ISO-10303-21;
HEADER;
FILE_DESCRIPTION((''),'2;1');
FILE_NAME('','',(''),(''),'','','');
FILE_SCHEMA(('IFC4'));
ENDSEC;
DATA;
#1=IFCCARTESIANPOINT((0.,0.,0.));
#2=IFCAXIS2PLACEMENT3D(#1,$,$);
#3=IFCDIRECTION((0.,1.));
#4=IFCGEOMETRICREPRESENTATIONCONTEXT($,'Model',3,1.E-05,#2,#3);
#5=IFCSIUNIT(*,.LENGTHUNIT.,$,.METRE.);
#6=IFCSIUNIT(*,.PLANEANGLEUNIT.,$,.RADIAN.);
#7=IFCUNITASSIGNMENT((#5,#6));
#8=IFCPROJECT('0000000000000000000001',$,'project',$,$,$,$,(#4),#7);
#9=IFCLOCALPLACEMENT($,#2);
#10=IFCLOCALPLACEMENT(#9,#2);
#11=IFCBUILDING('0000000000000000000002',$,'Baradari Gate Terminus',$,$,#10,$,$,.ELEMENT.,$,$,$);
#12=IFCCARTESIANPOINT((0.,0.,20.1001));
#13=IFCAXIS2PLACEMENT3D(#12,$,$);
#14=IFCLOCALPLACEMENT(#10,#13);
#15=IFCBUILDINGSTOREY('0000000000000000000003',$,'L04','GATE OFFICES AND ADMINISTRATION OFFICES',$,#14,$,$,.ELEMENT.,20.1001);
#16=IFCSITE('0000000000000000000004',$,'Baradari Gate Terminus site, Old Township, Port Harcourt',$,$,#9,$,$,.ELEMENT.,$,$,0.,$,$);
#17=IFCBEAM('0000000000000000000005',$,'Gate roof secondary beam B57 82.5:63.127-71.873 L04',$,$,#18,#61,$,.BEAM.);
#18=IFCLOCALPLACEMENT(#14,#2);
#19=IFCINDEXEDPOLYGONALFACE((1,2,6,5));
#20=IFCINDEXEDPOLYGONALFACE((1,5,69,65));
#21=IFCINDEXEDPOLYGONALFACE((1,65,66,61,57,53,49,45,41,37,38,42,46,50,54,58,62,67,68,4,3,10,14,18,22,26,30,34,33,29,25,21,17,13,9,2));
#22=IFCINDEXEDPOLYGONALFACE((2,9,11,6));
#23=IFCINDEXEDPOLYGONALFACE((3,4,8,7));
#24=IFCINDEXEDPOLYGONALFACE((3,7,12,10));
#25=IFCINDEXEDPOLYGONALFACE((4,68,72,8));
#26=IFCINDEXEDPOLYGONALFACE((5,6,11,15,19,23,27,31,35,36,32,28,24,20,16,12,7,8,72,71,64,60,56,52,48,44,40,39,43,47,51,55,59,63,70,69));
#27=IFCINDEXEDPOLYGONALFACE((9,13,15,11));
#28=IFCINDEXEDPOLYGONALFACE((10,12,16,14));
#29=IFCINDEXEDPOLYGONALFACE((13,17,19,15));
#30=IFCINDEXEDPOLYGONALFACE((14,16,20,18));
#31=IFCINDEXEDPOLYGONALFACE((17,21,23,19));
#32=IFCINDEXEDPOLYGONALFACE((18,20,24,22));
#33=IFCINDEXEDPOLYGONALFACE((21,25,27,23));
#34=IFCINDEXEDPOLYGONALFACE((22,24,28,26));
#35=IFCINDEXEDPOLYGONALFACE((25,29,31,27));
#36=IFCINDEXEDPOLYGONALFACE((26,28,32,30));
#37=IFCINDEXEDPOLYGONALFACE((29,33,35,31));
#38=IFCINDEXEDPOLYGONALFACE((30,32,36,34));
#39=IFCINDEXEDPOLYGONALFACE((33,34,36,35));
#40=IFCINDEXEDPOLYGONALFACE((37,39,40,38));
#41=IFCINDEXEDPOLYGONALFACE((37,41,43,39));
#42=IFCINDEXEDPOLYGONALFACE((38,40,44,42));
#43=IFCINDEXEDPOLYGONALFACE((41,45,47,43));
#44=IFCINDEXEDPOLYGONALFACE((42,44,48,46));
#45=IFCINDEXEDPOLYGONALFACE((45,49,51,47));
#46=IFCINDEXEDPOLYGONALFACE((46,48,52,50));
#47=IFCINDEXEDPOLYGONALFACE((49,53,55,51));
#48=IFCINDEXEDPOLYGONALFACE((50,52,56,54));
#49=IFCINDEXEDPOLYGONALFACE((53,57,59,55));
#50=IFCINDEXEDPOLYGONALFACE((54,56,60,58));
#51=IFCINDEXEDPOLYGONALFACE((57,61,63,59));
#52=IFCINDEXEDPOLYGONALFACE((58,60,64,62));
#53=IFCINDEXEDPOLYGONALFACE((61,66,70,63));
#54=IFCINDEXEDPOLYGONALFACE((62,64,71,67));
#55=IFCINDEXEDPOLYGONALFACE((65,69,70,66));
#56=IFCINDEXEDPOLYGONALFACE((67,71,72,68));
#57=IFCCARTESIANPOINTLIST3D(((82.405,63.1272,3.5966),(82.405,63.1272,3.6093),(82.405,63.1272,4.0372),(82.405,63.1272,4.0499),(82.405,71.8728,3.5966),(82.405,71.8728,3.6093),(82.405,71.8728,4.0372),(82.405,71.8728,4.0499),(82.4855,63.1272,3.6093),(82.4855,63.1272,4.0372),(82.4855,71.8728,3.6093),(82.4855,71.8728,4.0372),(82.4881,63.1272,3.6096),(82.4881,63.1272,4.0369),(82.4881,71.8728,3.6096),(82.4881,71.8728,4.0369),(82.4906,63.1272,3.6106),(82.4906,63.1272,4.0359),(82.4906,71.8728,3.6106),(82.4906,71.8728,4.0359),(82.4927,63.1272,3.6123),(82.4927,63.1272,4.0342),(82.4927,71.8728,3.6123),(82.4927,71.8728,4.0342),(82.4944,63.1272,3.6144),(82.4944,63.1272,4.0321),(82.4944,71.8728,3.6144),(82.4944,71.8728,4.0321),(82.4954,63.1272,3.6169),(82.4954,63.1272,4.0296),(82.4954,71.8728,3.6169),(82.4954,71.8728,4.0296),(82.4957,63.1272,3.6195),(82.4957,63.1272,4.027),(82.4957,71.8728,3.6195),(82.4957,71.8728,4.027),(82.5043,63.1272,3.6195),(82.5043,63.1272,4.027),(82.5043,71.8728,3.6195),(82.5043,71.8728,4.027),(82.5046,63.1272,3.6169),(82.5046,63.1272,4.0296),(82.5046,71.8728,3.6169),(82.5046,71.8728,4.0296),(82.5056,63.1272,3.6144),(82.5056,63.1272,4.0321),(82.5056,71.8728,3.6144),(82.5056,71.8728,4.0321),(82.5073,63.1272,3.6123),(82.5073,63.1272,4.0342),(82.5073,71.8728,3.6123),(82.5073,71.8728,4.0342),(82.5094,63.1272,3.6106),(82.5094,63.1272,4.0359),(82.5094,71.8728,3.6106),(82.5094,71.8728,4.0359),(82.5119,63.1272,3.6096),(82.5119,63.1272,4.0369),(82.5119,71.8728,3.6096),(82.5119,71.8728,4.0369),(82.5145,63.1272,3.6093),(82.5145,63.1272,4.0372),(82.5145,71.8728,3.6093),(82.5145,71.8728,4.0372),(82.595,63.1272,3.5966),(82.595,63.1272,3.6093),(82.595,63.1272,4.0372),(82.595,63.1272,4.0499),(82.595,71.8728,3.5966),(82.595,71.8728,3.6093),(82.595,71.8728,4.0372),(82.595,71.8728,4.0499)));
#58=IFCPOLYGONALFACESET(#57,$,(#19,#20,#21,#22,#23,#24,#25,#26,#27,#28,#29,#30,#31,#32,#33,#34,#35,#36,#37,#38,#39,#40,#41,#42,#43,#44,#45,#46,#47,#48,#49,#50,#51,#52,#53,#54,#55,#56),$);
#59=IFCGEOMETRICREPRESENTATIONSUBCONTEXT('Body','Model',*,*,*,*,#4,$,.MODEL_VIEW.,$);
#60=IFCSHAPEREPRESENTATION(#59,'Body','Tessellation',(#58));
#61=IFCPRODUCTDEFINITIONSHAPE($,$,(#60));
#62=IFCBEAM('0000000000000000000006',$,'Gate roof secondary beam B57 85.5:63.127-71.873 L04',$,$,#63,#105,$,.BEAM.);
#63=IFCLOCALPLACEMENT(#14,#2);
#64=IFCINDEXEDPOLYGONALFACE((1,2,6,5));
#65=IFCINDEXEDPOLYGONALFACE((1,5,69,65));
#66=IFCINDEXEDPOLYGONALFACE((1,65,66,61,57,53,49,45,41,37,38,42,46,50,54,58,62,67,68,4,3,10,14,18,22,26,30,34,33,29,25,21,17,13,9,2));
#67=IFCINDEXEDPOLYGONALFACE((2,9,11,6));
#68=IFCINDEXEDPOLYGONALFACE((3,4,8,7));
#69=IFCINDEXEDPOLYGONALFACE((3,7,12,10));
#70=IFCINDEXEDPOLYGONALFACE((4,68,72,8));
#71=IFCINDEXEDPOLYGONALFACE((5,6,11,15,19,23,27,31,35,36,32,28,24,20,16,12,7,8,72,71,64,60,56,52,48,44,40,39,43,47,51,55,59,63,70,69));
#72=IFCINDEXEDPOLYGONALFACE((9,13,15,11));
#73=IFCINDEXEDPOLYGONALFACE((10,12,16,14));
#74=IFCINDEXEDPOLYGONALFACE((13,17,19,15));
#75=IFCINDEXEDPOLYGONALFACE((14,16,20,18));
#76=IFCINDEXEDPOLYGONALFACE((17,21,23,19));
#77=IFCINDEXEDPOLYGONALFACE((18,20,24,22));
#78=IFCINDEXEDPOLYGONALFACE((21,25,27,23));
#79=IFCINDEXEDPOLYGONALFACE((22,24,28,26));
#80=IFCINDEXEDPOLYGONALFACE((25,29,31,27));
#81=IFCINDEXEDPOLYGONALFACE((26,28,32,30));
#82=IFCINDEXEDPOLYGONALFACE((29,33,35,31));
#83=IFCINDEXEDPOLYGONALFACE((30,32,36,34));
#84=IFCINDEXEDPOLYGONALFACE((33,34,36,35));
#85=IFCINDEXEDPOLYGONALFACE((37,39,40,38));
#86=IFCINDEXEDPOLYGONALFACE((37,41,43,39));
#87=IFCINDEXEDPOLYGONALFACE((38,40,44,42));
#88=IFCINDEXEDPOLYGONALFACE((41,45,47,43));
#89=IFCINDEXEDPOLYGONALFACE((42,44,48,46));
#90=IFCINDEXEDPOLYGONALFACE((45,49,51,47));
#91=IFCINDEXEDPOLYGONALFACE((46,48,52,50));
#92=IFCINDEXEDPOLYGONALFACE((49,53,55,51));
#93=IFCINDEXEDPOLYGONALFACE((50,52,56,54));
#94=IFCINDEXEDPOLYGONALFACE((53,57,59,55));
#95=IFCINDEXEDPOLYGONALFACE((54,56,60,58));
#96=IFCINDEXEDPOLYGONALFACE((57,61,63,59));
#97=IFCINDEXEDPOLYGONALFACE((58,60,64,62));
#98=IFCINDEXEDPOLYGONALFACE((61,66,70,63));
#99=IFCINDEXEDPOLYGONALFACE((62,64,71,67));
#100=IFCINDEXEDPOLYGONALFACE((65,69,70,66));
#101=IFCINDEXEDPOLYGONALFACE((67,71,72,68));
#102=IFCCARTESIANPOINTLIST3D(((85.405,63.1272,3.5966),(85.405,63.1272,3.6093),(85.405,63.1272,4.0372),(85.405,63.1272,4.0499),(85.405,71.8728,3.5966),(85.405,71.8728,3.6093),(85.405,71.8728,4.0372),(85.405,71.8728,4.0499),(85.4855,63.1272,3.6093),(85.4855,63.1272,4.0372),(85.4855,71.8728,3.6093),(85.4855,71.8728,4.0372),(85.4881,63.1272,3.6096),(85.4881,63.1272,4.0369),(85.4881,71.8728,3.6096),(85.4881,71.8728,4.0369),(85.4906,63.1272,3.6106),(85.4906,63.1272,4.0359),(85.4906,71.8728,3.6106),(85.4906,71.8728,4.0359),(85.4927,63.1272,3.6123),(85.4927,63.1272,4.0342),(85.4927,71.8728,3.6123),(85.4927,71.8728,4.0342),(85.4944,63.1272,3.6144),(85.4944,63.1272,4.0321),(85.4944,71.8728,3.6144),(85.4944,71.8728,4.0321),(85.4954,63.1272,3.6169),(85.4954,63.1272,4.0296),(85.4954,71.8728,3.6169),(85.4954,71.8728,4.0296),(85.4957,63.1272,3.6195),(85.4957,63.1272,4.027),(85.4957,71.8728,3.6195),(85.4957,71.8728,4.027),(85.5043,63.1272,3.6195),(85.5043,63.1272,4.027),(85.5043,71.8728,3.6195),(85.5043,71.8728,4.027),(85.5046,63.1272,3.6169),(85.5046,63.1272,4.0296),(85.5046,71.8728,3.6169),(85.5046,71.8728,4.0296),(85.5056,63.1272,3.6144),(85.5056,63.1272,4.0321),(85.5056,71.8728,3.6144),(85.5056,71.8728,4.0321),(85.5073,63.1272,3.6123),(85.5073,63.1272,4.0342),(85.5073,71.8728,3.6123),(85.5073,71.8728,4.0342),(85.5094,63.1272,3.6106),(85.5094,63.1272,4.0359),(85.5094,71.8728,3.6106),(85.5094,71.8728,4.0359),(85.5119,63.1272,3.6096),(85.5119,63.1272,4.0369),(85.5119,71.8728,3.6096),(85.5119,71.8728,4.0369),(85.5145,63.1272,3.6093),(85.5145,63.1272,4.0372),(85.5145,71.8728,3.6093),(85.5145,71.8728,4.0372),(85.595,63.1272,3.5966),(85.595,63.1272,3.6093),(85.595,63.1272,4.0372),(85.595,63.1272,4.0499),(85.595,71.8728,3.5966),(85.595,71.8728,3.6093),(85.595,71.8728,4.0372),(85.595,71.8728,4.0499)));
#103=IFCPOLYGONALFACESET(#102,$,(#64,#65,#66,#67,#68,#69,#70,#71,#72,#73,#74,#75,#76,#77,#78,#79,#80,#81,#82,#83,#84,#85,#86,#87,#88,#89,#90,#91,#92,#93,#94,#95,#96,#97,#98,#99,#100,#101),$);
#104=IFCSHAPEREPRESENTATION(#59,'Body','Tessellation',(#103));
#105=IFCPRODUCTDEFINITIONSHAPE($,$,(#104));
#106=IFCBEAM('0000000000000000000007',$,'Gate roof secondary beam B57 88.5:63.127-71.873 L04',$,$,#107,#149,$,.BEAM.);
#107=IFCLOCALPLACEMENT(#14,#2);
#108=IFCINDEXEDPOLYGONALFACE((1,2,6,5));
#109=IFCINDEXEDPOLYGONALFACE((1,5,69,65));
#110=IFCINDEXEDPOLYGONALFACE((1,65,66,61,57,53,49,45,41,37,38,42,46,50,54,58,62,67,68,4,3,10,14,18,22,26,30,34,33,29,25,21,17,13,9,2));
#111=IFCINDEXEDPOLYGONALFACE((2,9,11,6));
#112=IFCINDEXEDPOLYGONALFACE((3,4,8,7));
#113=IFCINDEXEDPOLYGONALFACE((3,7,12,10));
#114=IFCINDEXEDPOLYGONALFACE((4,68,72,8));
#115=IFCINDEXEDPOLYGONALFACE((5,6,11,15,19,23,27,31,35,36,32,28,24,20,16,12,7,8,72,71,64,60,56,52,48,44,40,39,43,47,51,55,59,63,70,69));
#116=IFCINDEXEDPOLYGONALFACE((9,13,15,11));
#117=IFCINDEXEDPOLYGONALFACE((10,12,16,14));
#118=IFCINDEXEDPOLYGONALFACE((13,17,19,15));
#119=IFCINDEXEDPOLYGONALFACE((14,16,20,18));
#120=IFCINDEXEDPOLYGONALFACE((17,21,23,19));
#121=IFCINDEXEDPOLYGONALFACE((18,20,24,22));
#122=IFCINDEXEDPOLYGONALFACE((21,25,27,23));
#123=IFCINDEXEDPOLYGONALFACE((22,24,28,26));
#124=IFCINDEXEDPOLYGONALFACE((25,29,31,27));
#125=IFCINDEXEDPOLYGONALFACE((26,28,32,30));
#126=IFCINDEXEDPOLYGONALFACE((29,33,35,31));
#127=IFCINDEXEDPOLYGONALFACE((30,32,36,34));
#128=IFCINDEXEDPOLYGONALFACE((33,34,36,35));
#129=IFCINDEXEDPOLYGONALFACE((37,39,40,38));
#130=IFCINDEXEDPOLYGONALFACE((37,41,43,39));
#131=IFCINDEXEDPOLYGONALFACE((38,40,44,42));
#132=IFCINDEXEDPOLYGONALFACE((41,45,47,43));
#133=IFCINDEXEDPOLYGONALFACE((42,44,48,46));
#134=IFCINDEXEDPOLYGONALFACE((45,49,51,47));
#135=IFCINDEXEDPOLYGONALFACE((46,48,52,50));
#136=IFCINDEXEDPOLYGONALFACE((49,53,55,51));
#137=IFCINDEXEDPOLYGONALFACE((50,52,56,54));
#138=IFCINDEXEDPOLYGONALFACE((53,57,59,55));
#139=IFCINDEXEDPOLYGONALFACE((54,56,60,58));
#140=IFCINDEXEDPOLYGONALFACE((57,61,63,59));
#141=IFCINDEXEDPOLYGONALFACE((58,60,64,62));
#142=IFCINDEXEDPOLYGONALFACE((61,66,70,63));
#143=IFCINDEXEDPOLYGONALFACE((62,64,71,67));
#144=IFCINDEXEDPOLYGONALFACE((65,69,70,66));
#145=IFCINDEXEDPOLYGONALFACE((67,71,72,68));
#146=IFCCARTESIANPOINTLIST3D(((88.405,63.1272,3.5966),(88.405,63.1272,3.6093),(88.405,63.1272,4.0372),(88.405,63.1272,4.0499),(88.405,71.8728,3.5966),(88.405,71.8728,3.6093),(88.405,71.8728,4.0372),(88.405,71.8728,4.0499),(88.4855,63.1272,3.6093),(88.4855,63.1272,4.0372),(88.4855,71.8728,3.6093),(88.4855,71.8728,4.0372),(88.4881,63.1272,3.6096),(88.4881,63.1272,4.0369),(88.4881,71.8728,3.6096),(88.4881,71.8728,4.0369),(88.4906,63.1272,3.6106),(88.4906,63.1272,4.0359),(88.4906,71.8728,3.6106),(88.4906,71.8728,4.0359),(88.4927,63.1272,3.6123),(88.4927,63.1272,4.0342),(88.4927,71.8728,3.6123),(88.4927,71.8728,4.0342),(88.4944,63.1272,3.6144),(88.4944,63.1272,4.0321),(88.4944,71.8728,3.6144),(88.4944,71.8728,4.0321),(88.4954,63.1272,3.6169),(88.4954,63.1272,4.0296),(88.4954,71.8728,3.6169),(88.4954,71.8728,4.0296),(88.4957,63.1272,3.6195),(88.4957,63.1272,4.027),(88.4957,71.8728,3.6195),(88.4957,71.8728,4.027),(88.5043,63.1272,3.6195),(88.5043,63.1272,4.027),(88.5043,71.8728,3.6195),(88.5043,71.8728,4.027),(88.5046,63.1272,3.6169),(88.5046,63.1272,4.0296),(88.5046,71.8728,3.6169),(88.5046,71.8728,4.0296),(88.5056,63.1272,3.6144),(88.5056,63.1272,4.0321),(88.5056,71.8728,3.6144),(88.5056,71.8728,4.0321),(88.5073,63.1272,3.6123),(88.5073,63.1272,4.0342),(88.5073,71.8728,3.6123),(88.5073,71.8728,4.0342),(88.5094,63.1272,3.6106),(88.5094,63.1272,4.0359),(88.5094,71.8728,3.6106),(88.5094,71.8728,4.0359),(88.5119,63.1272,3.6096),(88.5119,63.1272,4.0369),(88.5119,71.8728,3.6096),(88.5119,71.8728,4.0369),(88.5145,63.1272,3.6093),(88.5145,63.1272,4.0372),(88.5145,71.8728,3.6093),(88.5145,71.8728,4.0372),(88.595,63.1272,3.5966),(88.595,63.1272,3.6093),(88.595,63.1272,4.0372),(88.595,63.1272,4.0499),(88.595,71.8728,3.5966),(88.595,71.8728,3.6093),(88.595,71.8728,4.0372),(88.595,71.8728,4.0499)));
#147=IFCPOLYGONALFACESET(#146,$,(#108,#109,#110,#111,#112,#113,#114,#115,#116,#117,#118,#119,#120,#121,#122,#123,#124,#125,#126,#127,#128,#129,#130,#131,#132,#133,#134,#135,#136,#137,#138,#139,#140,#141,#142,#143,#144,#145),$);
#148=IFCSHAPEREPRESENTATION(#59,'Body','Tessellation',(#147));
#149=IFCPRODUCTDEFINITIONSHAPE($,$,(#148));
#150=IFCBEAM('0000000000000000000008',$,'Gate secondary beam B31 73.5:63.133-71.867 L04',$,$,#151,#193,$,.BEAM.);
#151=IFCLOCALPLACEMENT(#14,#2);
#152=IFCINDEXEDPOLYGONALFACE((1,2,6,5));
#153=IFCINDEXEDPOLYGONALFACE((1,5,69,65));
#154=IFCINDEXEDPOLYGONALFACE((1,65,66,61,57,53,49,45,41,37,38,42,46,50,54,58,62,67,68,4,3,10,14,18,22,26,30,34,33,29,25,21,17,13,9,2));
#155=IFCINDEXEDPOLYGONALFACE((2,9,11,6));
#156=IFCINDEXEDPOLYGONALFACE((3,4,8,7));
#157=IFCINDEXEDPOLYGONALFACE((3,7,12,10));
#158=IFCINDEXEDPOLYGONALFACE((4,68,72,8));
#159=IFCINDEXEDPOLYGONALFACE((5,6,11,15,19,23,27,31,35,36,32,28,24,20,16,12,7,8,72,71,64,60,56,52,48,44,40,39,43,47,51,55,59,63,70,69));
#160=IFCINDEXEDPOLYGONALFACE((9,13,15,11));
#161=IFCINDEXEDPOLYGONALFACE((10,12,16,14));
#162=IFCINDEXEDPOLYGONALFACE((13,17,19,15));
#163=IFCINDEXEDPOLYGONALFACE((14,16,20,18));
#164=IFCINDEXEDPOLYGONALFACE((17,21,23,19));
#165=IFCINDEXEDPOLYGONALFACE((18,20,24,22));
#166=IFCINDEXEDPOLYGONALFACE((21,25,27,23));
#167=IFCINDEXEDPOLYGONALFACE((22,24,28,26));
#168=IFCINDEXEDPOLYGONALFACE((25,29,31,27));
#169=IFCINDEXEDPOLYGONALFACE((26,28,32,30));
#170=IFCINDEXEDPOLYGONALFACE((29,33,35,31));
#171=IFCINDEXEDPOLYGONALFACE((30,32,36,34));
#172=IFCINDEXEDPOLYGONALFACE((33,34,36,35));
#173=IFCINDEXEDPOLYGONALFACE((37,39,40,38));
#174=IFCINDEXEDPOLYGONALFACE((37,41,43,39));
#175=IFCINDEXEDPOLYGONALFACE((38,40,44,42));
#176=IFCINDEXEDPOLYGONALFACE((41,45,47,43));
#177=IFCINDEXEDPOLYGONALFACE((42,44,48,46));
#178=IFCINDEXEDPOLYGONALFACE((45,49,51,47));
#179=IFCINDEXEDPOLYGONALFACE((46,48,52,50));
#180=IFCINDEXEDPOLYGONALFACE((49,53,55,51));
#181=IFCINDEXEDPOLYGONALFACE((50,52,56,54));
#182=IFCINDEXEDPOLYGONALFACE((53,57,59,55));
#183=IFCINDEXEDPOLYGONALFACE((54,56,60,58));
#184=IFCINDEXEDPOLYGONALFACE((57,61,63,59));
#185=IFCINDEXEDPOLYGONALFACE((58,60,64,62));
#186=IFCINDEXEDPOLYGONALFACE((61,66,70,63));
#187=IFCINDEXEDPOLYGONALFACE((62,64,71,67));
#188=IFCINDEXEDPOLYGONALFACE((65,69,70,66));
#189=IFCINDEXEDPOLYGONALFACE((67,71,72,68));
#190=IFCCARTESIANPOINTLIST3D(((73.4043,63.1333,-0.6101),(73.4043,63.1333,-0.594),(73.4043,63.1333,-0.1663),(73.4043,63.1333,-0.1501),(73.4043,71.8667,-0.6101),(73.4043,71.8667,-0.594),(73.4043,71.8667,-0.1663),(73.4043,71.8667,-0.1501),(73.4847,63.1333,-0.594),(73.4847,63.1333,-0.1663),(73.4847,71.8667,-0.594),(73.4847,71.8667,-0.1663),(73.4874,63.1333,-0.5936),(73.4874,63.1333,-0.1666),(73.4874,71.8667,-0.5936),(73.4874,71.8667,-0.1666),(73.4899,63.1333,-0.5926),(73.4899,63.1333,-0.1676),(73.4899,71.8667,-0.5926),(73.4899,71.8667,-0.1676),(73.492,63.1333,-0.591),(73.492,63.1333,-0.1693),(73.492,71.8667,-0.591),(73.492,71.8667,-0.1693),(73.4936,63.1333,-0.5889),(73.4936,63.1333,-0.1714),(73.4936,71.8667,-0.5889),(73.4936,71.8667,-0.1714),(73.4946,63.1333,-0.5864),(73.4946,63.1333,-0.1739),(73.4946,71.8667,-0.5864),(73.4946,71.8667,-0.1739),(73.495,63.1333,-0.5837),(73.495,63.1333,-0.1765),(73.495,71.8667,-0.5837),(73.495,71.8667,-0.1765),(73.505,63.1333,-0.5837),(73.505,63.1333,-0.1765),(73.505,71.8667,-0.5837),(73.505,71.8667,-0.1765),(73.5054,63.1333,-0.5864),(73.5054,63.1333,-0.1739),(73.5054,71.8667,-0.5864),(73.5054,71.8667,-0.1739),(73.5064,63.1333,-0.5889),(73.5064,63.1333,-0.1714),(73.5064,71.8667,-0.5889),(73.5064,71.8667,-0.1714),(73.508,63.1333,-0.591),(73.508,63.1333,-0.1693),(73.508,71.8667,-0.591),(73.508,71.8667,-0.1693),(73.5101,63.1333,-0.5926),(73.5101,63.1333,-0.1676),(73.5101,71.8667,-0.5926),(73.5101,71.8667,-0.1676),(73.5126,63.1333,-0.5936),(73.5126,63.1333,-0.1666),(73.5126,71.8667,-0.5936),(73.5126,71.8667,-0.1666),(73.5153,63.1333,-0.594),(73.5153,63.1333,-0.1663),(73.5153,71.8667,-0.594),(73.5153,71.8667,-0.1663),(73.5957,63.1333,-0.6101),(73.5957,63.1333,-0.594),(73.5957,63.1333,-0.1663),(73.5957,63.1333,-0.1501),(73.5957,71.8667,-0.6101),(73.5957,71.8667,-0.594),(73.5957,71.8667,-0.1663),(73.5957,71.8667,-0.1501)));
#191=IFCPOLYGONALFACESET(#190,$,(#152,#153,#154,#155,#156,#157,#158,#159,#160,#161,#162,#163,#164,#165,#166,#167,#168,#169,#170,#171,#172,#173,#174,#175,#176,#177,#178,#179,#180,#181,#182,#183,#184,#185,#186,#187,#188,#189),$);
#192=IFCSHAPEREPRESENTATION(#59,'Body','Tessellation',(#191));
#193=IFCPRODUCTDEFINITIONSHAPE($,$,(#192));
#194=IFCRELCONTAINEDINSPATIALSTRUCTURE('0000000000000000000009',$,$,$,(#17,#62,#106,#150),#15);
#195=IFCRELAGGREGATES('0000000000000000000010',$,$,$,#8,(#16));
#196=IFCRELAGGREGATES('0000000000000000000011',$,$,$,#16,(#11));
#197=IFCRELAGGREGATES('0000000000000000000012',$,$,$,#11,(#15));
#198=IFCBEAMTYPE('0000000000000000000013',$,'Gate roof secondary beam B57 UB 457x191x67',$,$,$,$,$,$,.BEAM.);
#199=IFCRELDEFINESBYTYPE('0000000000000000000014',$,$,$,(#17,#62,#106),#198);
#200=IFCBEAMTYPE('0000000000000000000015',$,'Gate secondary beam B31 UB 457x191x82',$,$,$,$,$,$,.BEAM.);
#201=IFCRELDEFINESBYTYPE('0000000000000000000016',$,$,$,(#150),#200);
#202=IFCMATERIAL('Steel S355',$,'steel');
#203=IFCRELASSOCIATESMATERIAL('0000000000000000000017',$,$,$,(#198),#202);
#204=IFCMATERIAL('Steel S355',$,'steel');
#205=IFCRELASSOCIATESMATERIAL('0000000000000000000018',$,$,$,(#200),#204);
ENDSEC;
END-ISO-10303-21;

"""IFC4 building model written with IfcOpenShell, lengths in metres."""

from ifc_helpers import new_model, si_unit, direction, frame, origin, origin_2d, place, context, subcontext, project, spatial, i_section, extrude, material, material_profile, profile_set, type_object, element, save


model = new_model("IFC4")

# Units and contexts
model_context = context("Model", 3, precision=1e-05, world=origin(), true_north=direction((0.0, 1.0)))
body_context = subcontext(model_context, "Body", "Model", "MODEL_VIEW")
ifc_project = project(units=[si_unit("LENGTHUNIT", "METRE"), si_unit("PLANEANGLEUNIT", "RADIAN")], contexts=[model_context])

# Site, building, storey
site_placement = place(None, origin())
site = spatial("IfcSite", under=ifc_project, at=site_placement, Name="Baradari Gate Terminus site, Old Township, Port Harcourt", CompositionType="ELEMENT", RefElevation=0.0)
building_placement = place(site_placement, origin())
building = spatial("IfcBuilding", under=site, at=building_placement, Name="Baradari Gate Terminus", CompositionType="ELEMENT")
storey_placement = place(building_placement, frame((0.0, 0.0, 20.1001)))
storey = spatial("IfcBuildingStorey", under=building, at=storey_placement, Name="L04", Description="GATE OFFICES AND ADMINISTRATION OFFICES", CompositionType="ELEMENT", Elevation=20.1001)

# Beams
ifc_material_1 = material(Name="Steel S355", Category="steel")
ifc_material_profile_1 = material_profile(ifc_material_1, i_section(OverallWidth=0.1899, OverallDepth=0.4534, WebThickness=0.0085, FlangeThickness=0.0127, FilletRadius=0.0103, at=origin_2d()), Name="UB 457x191x67")
ifc_profile_set_1 = profile_set([ifc_material_profile_1], Name="Steel S355")
beam_type_1 = type_object("IfcBeamType", Name="Gate roof secondary beam B57 UB 457x191x67", PredefinedType="BEAM", material=ifc_profile_set_1)
for number, where, z_axis, x_axis, name in (
    (1, (82.5, 63.1272, 3.8232), (0.0, 1.0, 0.0), (-1.0, 0.0, 0.0), "Gate roof secondary beam B57 82.5:63.127-71.873 L04"),
    (2, (85.5, 63.1272, 3.8232), (0.0, 1.0, 0.0), (-1.0, 0.0, 0.0), "Gate roof secondary beam B57 85.5:63.127-71.873 L04"),
    (3, (88.5, 63.1272, 3.8232), (0.0, 1.0, 0.0), (-1.0, 0.0, 0.0), "Gate roof secondary beam B57 88.5:63.127-71.873 L04"),
):
    element("IfcBeam", number, at=place(storey_placement, frame(where, z_axis=z_axis, x_axis=x_axis)), inside=storey, type_object=beam_type_1, Name=name, PredefinedType="BEAM", context=body_context, shape_type="SweptSolid", body=[
        extrude(i_section(OverallWidth=0.1899, OverallDepth=0.4534, WebThickness=0.0085, FlangeThickness=0.0127, FilletRadius=0.0103, at=origin_2d()), origin(), (0.0, 0.0, 1.0), 8.7456),
    ])
ifc_material_2 = material(Name="Steel S355", Category="steel")
ifc_material_profile_2 = material_profile(ifc_material_2, i_section(OverallWidth=0.1914, OverallDepth=0.46, WebThickness=0.01, FlangeThickness=0.0161, FilletRadius=0.0103, at=origin_2d()), Name="UB 457x191x82")
ifc_profile_set_2 = profile_set([ifc_material_profile_2], Name="Steel S355")
beam_type_2 = type_object("IfcBeamType", Name="Gate secondary beam B31 UB 457x191x82", PredefinedType="BEAM", material=ifc_profile_set_2)
for number, where, z_axis, x_axis, name in (
    (4, (73.5, 63.1333, -0.3801), (0.0, 1.0, 0.0), (-1.0, 0.0, 0.0), "Gate secondary beam B31 73.5:63.133-71.867 L04"),
):
    element("IfcBeam", number, at=place(storey_placement, frame(where, z_axis=z_axis, x_axis=x_axis)), inside=storey, type_object=beam_type_2, Name=name, PredefinedType="BEAM", context=body_context, shape_type="SweptSolid", body=[
        extrude(i_section(OverallWidth=0.1914, OverallDepth=0.46, WebThickness=0.01, FlangeThickness=0.0161, FilletRadius=0.0103, at=origin_2d()), origin(), (0.0, 0.0, 1.0), 8.7334),
    ])

save(model, "model.ifc")
